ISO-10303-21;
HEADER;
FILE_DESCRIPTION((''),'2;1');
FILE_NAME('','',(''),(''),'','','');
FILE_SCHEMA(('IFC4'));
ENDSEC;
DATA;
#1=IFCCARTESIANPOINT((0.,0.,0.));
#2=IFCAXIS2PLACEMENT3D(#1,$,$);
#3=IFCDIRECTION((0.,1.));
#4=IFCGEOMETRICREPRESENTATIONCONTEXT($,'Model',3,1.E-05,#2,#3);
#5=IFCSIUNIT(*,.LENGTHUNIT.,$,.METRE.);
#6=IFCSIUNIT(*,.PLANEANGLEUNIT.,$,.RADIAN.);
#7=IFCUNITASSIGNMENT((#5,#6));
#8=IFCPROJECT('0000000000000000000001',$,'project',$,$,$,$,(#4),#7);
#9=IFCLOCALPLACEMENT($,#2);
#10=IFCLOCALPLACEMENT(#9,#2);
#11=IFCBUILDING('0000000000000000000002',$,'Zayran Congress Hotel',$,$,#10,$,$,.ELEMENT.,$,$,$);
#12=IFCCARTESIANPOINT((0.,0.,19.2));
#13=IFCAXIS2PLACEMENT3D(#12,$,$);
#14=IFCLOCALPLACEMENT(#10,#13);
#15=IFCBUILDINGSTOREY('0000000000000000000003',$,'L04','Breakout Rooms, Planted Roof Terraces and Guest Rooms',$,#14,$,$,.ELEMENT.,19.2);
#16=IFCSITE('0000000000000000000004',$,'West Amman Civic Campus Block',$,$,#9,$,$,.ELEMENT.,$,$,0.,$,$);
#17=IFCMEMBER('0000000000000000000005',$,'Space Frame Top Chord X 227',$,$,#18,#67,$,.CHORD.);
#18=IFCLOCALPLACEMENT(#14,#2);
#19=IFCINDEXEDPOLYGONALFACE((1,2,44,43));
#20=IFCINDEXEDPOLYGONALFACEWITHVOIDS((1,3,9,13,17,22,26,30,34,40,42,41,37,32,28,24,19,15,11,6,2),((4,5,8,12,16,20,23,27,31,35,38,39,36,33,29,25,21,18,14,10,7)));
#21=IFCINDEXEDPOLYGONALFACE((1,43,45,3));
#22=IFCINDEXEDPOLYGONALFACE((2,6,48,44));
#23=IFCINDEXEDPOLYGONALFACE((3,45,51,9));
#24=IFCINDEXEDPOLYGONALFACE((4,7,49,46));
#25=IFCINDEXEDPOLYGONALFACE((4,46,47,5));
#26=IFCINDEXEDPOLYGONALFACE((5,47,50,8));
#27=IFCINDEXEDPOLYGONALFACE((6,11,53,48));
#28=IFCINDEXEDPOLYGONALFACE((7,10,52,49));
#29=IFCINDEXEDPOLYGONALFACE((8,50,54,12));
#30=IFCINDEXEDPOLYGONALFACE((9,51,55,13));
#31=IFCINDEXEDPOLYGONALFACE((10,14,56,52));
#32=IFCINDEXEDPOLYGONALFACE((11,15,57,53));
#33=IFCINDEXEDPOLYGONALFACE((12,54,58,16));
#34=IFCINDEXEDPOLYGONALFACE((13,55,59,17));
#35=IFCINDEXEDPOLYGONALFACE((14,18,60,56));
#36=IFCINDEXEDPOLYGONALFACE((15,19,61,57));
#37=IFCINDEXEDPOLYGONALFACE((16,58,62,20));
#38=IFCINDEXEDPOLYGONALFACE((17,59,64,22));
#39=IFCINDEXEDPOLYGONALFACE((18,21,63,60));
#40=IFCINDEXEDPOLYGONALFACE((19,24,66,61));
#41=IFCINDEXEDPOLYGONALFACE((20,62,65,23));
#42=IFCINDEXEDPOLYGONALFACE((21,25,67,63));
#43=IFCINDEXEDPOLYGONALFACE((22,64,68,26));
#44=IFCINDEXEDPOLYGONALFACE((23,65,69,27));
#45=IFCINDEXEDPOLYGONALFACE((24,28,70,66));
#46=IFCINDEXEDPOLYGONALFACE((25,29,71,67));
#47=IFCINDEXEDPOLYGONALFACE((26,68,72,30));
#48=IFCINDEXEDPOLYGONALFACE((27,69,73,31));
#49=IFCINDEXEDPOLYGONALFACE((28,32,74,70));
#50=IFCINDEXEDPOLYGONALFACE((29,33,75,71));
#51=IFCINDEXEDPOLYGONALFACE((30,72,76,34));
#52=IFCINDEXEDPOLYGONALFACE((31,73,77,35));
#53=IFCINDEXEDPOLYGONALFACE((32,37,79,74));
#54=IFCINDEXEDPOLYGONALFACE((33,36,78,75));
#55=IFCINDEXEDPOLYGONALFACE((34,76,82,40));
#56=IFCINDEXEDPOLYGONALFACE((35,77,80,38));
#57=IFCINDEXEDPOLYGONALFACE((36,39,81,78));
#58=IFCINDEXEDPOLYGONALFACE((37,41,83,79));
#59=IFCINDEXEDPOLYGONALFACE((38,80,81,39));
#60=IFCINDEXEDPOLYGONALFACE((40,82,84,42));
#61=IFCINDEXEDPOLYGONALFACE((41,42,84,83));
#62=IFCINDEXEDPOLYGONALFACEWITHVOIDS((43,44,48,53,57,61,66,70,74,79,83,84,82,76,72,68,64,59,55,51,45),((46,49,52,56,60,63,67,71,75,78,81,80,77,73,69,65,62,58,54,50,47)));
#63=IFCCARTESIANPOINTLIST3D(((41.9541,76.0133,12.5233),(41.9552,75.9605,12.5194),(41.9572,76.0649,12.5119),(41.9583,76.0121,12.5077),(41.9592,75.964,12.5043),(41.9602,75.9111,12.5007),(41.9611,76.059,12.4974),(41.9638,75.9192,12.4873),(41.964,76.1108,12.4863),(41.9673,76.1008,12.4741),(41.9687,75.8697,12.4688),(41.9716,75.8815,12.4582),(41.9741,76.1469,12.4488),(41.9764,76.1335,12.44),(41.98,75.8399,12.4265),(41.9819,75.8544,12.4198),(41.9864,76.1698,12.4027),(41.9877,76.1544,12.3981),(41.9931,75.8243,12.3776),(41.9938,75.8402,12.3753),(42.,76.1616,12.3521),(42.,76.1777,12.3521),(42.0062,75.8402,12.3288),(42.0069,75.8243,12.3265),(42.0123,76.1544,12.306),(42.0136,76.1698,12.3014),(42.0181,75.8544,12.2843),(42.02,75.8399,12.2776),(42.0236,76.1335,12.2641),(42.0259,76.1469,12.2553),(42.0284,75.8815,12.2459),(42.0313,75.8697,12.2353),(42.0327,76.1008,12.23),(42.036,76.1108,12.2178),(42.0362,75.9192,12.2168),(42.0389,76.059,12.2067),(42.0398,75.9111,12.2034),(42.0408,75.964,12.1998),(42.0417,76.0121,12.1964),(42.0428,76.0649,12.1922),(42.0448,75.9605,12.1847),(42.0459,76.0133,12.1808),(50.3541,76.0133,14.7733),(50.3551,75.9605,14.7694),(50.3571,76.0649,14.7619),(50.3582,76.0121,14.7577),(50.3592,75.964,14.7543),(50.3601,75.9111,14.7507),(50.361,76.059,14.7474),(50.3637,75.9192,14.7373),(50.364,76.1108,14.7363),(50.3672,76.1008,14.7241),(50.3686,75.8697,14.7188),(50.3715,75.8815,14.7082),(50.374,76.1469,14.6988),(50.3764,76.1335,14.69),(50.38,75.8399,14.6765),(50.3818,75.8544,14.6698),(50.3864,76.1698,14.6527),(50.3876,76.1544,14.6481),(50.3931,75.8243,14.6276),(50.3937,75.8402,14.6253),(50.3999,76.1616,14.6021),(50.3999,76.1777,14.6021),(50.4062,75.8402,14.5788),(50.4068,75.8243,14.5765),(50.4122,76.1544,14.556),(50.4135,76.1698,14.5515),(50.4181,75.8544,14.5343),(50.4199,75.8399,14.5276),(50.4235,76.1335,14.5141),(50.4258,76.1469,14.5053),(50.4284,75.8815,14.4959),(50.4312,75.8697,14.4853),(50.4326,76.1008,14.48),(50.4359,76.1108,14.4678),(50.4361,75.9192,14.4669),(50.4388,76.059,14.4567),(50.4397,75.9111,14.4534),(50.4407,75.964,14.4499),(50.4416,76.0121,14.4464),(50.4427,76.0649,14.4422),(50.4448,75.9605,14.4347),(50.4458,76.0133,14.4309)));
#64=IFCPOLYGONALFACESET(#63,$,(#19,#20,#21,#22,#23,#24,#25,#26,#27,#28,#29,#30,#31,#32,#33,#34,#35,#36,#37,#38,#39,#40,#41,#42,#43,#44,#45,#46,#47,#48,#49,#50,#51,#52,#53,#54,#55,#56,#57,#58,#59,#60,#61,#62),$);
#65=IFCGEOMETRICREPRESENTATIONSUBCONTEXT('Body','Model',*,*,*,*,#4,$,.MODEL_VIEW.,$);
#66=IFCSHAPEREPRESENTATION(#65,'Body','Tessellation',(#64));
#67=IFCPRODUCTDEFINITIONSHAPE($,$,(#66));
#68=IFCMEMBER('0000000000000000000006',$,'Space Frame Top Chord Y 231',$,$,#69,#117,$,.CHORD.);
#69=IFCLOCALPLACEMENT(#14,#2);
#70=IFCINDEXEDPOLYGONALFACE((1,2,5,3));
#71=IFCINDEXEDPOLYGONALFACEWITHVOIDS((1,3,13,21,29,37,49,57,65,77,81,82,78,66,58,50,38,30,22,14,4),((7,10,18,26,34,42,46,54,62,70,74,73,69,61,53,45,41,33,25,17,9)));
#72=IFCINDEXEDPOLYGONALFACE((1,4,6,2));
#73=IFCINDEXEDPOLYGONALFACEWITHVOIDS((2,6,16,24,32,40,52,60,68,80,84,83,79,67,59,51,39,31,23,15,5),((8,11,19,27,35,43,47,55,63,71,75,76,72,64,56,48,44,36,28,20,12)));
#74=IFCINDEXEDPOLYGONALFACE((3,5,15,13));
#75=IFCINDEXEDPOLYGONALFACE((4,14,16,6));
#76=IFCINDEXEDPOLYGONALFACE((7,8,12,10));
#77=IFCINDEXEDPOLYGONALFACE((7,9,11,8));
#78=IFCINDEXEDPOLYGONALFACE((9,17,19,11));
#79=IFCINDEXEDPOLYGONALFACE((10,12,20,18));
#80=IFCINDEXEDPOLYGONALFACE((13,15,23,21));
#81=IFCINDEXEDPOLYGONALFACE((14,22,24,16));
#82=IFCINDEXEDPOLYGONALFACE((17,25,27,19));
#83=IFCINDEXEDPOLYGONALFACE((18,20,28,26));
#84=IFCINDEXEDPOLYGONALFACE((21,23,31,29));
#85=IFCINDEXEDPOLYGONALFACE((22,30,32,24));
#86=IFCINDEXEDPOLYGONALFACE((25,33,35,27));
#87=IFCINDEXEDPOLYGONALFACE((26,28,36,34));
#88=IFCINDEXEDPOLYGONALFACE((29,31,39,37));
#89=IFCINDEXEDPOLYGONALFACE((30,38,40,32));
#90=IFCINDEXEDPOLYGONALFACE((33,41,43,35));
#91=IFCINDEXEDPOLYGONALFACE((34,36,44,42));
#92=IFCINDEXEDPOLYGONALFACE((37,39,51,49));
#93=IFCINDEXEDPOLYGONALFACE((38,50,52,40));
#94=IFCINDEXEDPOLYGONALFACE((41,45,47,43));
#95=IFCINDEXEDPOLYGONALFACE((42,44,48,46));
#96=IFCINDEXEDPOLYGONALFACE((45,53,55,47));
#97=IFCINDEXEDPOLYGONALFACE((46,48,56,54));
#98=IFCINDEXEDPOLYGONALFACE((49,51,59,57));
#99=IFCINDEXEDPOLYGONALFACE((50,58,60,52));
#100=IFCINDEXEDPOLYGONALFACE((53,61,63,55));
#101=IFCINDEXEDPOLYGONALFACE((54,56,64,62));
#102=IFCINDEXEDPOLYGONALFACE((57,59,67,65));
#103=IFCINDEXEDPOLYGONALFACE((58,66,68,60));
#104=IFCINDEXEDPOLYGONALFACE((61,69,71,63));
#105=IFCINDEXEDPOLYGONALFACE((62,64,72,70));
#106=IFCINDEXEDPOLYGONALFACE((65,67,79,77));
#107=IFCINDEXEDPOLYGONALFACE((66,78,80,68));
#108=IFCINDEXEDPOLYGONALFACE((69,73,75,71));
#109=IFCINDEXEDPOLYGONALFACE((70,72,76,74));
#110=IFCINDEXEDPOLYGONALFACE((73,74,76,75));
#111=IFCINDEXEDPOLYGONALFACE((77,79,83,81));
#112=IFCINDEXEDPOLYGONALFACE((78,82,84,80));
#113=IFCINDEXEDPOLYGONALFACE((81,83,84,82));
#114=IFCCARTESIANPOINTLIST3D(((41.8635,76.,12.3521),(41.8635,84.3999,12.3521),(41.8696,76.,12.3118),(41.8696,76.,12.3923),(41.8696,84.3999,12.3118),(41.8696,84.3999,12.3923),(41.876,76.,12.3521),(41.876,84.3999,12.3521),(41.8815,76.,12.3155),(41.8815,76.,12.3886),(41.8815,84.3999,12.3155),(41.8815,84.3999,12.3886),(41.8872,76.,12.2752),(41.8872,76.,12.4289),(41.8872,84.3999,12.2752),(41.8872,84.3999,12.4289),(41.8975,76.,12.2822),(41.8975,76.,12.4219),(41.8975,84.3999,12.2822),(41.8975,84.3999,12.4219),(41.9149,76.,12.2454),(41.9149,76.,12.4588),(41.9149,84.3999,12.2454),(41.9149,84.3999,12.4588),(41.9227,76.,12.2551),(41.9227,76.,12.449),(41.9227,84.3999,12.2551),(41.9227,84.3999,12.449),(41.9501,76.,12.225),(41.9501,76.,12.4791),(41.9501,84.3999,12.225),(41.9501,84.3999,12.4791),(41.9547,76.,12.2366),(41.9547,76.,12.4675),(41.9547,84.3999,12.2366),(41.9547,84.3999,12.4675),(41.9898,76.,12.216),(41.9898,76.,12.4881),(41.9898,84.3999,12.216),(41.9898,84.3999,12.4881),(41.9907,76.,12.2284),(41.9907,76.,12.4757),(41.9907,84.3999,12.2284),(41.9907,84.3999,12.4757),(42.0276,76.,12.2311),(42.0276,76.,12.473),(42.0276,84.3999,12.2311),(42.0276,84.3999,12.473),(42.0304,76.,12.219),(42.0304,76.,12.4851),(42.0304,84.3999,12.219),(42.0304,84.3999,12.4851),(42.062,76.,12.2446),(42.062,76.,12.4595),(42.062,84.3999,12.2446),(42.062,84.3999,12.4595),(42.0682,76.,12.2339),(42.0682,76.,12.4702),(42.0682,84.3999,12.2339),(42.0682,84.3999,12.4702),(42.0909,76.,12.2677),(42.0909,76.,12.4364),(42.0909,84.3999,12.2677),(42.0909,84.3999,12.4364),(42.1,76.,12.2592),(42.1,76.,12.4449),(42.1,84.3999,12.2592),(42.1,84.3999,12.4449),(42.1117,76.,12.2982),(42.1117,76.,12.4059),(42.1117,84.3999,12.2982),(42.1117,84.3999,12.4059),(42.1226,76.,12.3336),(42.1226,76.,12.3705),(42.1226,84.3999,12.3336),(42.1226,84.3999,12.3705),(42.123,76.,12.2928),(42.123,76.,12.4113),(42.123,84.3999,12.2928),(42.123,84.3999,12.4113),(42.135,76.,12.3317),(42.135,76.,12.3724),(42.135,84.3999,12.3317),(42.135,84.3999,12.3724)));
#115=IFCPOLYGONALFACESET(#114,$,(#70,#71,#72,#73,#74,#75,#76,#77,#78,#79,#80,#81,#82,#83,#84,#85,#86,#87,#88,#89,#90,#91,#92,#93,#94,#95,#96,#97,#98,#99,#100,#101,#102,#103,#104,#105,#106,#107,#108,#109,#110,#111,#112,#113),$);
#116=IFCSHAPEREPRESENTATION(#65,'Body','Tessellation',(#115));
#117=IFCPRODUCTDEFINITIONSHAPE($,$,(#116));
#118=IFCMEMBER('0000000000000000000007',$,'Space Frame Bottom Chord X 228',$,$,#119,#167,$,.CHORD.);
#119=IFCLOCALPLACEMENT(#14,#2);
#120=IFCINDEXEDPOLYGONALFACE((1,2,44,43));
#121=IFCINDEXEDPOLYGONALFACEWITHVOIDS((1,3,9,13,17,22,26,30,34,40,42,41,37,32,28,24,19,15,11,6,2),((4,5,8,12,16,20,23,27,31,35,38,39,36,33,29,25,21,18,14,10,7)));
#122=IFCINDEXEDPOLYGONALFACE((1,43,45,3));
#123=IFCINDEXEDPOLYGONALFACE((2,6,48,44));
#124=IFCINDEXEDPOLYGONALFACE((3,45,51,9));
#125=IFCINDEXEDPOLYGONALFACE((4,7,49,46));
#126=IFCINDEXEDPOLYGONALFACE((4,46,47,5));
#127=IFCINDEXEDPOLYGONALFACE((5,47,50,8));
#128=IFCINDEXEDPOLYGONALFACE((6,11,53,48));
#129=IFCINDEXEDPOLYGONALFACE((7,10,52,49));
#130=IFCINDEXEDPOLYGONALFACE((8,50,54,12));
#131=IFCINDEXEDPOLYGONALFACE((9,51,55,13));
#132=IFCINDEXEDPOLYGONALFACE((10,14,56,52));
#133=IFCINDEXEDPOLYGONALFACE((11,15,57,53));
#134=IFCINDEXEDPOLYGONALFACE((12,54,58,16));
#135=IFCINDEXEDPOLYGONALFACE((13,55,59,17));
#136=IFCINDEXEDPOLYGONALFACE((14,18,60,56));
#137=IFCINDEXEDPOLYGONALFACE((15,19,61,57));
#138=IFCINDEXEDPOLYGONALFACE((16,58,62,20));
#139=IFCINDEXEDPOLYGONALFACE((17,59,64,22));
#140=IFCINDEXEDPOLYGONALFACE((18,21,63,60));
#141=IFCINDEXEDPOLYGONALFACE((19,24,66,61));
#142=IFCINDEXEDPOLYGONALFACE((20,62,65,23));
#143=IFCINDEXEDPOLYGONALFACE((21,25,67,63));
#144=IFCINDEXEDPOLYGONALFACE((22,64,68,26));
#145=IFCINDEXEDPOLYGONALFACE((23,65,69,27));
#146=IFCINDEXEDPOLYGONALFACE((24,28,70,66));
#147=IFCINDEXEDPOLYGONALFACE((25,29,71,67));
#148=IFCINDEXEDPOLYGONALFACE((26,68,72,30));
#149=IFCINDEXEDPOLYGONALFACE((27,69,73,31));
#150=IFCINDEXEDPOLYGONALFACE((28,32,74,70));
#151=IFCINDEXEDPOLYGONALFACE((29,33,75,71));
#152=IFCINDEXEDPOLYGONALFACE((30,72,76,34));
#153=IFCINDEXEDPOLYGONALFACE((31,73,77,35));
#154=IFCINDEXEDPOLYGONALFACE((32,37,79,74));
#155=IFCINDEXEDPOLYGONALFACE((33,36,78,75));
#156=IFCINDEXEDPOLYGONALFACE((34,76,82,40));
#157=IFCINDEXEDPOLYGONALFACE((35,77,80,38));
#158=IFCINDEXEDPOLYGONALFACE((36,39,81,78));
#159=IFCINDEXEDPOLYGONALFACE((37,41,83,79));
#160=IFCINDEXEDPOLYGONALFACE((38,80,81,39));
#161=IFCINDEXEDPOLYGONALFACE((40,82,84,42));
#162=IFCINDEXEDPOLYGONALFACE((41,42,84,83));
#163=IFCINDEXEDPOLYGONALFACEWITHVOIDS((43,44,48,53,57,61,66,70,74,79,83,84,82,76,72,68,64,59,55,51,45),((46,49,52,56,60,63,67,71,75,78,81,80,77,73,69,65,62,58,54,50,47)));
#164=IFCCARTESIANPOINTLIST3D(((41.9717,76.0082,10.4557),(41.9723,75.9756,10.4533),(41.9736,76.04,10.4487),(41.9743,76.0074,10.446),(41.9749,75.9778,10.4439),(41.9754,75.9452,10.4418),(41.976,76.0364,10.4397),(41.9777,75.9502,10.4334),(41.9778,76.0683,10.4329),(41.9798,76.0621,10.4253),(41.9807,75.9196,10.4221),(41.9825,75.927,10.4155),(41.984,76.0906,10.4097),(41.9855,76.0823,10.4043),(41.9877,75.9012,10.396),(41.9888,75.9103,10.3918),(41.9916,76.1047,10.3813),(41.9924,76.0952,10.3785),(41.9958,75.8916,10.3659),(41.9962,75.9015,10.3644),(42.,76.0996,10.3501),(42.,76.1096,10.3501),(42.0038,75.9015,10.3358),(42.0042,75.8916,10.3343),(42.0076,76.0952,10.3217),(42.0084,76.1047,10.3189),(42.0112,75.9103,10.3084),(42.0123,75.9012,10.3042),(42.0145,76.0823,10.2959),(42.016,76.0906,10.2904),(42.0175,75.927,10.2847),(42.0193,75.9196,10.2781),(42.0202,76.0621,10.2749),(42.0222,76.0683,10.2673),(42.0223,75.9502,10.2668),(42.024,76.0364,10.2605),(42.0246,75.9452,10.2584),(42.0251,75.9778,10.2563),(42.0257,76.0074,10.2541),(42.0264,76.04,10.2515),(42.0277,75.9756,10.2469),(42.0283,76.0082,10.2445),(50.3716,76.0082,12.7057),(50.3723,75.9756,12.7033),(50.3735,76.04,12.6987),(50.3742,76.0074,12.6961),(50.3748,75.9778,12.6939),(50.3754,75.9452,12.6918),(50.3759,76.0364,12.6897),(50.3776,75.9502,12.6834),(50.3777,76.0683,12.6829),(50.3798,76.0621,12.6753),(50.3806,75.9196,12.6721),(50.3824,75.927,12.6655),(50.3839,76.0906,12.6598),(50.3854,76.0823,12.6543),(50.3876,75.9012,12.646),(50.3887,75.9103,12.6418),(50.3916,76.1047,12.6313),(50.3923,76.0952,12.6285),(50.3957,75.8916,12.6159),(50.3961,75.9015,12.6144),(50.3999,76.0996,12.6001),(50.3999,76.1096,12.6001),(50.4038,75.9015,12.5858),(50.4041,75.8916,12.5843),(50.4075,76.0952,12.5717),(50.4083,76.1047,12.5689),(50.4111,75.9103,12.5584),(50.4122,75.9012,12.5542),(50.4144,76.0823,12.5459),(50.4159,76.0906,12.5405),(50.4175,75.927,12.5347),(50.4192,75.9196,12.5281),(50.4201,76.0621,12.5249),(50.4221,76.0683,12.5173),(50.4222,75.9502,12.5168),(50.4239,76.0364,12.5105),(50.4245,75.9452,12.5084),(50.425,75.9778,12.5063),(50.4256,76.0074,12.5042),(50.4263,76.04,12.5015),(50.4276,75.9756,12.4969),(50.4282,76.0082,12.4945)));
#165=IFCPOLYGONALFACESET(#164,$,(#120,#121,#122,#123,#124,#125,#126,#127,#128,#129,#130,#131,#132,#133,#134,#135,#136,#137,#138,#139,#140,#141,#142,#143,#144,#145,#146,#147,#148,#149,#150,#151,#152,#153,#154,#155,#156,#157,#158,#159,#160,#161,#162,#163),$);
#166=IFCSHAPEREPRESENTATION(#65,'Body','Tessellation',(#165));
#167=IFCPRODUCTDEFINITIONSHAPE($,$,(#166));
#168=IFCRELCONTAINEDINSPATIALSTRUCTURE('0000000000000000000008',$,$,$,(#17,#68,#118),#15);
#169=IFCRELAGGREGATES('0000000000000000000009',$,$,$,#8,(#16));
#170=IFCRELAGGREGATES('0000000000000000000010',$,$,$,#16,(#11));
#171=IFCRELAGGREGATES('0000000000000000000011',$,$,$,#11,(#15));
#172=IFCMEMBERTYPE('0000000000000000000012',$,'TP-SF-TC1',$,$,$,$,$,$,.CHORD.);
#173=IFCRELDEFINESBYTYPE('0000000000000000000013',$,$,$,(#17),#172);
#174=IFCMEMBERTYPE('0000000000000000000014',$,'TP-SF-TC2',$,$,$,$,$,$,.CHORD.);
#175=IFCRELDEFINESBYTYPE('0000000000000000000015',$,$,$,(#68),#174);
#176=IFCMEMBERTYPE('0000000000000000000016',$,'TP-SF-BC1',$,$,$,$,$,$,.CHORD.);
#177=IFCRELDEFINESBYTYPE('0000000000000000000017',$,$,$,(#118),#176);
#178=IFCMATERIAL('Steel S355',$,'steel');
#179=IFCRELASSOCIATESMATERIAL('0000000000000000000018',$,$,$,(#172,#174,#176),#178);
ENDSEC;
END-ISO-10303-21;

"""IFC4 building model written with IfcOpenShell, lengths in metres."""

from ifc_helpers import new_model, si_unit, direction, frame, origin, origin_2d, place, context, subcontext, project, spatial, hollow_circle, extrude, material, material_profile, profile_set, type_object, element, save


model = new_model("IFC4")

# Units and contexts
model_context = context("Model", 3, precision=1e-05, world=origin(), true_north=direction((0.0, 1.0)))
body_context = subcontext(model_context, "Body", "Model", "MODEL_VIEW")
ifc_project = project(units=[si_unit("LENGTHUNIT", "METRE"), si_unit("PLANEANGLEUNIT", "RADIAN")], contexts=[model_context])

# Site, building, storey
site_placement = place(None, origin())
site = spatial("IfcSite", under=ifc_project, at=site_placement, Name="West Amman Civic Campus Block", CompositionType="ELEMENT", RefElevation=0.0)
building_placement = place(site_placement, origin())
building = spatial("IfcBuilding", under=site, at=building_placement, Name="Zayran Congress Hotel", CompositionType="ELEMENT")
storey_placement = place(building_placement, frame((0.0, 0.0, 19.2)))
storey = spatial("IfcBuildingStorey", under=building, at=storey_placement, Name="L04", Description="Breakout Rooms, Planted Roof Terraces and Guest Rooms", CompositionType="ELEMENT", Elevation=19.2)

# Members
ifc_material_1 = material(Name="Steel S355", Category="steel")
ifc_material_profile_1 = material_profile(ifc_material_1, hollow_circle(Radius=0.1777, WallThickness=0.0161, at=origin_2d()), Name="CHS 355.6x16")
ifc_profile_set_1 = profile_set([ifc_material_profile_1], Name="Steel S355")
member_type_1 = type_object("IfcMemberType", Name="TP-SF-TC1", PredefinedType="CHORD", material=ifc_profile_set_1)
member_1_placement = place(storey_placement, frame((42.0, 76.0, 12.3521), z_axis=(0.965947, 0.0, 0.258739), x_axis=(0.0, 1.0, 0.0)))
element("IfcMember", 1, at=member_1_placement, inside=storey, type_object=member_type_1, Name="Space Frame Top Chord X 227", PredefinedType="CHORD", context=body_context, shape_type="SweptSolid", body=[
    extrude(hollow_circle(Radius=0.1777, WallThickness=0.0161, at=origin_2d()), origin(), (0.0, 0.0, 1.0), 8.696),
])
ifc_material_profile_2 = material_profile(ifc_material_1, hollow_circle(Radius=0.1365, WallThickness=0.0125, at=origin_2d()), Name="CHS 273x12.5")
ifc_profile_set_2 = profile_set([ifc_material_profile_2], Name="Steel S355")
member_type_2 = type_object("IfcMemberType", Name="TP-SF-TC2", PredefinedType="CHORD", material=ifc_profile_set_2)
member_2_placement = place(storey_placement, frame((42.0, 76.0, 12.3521), z_axis=(0.0, 1.0, 0.0), x_axis=(-1.0, 0.0, 0.0)))
element("IfcMember", 2, at=member_2_placement, inside=storey, type_object=member_type_2, Name="Space Frame Top Chord Y 231", PredefinedType="CHORD", context=body_context, shape_type="SweptSolid", body=[
    extrude(hollow_circle(Radius=0.1365, WallThickness=0.0125, at=origin_2d()), origin(), (0.0, 0.0, 1.0), 8.3999),
])
ifc_material_profile_3 = material_profile(ifc_material_1, hollow_circle(Radius=0.1096, WallThickness=0.01, at=origin_2d()), Name="CHS 219.1x10")
ifc_profile_set_3 = profile_set([ifc_material_profile_3], Name="Steel S355")
member_type_3 = type_object("IfcMemberType", Name="TP-SF-BC1", PredefinedType="CHORD", material=ifc_profile_set_3)
member_3_placement = place(storey_placement, frame((42.0, 76.0, 10.3501), z_axis=(0.965947, 0.0, 0.258739), x_axis=(0.0, 1.0, 0.0)))
element("IfcMember", 3, at=member_3_placement, inside=storey, type_object=member_type_3, Name="Space Frame Bottom Chord X 228", PredefinedType="CHORD", context=body_context, shape_type="SweptSolid", body=[
    extrude(hollow_circle(Radius=0.1096, WallThickness=0.01, at=origin_2d()), origin(), (0.0, 0.0, 1.0), 8.696),
])

save(model, "model.ifc")
